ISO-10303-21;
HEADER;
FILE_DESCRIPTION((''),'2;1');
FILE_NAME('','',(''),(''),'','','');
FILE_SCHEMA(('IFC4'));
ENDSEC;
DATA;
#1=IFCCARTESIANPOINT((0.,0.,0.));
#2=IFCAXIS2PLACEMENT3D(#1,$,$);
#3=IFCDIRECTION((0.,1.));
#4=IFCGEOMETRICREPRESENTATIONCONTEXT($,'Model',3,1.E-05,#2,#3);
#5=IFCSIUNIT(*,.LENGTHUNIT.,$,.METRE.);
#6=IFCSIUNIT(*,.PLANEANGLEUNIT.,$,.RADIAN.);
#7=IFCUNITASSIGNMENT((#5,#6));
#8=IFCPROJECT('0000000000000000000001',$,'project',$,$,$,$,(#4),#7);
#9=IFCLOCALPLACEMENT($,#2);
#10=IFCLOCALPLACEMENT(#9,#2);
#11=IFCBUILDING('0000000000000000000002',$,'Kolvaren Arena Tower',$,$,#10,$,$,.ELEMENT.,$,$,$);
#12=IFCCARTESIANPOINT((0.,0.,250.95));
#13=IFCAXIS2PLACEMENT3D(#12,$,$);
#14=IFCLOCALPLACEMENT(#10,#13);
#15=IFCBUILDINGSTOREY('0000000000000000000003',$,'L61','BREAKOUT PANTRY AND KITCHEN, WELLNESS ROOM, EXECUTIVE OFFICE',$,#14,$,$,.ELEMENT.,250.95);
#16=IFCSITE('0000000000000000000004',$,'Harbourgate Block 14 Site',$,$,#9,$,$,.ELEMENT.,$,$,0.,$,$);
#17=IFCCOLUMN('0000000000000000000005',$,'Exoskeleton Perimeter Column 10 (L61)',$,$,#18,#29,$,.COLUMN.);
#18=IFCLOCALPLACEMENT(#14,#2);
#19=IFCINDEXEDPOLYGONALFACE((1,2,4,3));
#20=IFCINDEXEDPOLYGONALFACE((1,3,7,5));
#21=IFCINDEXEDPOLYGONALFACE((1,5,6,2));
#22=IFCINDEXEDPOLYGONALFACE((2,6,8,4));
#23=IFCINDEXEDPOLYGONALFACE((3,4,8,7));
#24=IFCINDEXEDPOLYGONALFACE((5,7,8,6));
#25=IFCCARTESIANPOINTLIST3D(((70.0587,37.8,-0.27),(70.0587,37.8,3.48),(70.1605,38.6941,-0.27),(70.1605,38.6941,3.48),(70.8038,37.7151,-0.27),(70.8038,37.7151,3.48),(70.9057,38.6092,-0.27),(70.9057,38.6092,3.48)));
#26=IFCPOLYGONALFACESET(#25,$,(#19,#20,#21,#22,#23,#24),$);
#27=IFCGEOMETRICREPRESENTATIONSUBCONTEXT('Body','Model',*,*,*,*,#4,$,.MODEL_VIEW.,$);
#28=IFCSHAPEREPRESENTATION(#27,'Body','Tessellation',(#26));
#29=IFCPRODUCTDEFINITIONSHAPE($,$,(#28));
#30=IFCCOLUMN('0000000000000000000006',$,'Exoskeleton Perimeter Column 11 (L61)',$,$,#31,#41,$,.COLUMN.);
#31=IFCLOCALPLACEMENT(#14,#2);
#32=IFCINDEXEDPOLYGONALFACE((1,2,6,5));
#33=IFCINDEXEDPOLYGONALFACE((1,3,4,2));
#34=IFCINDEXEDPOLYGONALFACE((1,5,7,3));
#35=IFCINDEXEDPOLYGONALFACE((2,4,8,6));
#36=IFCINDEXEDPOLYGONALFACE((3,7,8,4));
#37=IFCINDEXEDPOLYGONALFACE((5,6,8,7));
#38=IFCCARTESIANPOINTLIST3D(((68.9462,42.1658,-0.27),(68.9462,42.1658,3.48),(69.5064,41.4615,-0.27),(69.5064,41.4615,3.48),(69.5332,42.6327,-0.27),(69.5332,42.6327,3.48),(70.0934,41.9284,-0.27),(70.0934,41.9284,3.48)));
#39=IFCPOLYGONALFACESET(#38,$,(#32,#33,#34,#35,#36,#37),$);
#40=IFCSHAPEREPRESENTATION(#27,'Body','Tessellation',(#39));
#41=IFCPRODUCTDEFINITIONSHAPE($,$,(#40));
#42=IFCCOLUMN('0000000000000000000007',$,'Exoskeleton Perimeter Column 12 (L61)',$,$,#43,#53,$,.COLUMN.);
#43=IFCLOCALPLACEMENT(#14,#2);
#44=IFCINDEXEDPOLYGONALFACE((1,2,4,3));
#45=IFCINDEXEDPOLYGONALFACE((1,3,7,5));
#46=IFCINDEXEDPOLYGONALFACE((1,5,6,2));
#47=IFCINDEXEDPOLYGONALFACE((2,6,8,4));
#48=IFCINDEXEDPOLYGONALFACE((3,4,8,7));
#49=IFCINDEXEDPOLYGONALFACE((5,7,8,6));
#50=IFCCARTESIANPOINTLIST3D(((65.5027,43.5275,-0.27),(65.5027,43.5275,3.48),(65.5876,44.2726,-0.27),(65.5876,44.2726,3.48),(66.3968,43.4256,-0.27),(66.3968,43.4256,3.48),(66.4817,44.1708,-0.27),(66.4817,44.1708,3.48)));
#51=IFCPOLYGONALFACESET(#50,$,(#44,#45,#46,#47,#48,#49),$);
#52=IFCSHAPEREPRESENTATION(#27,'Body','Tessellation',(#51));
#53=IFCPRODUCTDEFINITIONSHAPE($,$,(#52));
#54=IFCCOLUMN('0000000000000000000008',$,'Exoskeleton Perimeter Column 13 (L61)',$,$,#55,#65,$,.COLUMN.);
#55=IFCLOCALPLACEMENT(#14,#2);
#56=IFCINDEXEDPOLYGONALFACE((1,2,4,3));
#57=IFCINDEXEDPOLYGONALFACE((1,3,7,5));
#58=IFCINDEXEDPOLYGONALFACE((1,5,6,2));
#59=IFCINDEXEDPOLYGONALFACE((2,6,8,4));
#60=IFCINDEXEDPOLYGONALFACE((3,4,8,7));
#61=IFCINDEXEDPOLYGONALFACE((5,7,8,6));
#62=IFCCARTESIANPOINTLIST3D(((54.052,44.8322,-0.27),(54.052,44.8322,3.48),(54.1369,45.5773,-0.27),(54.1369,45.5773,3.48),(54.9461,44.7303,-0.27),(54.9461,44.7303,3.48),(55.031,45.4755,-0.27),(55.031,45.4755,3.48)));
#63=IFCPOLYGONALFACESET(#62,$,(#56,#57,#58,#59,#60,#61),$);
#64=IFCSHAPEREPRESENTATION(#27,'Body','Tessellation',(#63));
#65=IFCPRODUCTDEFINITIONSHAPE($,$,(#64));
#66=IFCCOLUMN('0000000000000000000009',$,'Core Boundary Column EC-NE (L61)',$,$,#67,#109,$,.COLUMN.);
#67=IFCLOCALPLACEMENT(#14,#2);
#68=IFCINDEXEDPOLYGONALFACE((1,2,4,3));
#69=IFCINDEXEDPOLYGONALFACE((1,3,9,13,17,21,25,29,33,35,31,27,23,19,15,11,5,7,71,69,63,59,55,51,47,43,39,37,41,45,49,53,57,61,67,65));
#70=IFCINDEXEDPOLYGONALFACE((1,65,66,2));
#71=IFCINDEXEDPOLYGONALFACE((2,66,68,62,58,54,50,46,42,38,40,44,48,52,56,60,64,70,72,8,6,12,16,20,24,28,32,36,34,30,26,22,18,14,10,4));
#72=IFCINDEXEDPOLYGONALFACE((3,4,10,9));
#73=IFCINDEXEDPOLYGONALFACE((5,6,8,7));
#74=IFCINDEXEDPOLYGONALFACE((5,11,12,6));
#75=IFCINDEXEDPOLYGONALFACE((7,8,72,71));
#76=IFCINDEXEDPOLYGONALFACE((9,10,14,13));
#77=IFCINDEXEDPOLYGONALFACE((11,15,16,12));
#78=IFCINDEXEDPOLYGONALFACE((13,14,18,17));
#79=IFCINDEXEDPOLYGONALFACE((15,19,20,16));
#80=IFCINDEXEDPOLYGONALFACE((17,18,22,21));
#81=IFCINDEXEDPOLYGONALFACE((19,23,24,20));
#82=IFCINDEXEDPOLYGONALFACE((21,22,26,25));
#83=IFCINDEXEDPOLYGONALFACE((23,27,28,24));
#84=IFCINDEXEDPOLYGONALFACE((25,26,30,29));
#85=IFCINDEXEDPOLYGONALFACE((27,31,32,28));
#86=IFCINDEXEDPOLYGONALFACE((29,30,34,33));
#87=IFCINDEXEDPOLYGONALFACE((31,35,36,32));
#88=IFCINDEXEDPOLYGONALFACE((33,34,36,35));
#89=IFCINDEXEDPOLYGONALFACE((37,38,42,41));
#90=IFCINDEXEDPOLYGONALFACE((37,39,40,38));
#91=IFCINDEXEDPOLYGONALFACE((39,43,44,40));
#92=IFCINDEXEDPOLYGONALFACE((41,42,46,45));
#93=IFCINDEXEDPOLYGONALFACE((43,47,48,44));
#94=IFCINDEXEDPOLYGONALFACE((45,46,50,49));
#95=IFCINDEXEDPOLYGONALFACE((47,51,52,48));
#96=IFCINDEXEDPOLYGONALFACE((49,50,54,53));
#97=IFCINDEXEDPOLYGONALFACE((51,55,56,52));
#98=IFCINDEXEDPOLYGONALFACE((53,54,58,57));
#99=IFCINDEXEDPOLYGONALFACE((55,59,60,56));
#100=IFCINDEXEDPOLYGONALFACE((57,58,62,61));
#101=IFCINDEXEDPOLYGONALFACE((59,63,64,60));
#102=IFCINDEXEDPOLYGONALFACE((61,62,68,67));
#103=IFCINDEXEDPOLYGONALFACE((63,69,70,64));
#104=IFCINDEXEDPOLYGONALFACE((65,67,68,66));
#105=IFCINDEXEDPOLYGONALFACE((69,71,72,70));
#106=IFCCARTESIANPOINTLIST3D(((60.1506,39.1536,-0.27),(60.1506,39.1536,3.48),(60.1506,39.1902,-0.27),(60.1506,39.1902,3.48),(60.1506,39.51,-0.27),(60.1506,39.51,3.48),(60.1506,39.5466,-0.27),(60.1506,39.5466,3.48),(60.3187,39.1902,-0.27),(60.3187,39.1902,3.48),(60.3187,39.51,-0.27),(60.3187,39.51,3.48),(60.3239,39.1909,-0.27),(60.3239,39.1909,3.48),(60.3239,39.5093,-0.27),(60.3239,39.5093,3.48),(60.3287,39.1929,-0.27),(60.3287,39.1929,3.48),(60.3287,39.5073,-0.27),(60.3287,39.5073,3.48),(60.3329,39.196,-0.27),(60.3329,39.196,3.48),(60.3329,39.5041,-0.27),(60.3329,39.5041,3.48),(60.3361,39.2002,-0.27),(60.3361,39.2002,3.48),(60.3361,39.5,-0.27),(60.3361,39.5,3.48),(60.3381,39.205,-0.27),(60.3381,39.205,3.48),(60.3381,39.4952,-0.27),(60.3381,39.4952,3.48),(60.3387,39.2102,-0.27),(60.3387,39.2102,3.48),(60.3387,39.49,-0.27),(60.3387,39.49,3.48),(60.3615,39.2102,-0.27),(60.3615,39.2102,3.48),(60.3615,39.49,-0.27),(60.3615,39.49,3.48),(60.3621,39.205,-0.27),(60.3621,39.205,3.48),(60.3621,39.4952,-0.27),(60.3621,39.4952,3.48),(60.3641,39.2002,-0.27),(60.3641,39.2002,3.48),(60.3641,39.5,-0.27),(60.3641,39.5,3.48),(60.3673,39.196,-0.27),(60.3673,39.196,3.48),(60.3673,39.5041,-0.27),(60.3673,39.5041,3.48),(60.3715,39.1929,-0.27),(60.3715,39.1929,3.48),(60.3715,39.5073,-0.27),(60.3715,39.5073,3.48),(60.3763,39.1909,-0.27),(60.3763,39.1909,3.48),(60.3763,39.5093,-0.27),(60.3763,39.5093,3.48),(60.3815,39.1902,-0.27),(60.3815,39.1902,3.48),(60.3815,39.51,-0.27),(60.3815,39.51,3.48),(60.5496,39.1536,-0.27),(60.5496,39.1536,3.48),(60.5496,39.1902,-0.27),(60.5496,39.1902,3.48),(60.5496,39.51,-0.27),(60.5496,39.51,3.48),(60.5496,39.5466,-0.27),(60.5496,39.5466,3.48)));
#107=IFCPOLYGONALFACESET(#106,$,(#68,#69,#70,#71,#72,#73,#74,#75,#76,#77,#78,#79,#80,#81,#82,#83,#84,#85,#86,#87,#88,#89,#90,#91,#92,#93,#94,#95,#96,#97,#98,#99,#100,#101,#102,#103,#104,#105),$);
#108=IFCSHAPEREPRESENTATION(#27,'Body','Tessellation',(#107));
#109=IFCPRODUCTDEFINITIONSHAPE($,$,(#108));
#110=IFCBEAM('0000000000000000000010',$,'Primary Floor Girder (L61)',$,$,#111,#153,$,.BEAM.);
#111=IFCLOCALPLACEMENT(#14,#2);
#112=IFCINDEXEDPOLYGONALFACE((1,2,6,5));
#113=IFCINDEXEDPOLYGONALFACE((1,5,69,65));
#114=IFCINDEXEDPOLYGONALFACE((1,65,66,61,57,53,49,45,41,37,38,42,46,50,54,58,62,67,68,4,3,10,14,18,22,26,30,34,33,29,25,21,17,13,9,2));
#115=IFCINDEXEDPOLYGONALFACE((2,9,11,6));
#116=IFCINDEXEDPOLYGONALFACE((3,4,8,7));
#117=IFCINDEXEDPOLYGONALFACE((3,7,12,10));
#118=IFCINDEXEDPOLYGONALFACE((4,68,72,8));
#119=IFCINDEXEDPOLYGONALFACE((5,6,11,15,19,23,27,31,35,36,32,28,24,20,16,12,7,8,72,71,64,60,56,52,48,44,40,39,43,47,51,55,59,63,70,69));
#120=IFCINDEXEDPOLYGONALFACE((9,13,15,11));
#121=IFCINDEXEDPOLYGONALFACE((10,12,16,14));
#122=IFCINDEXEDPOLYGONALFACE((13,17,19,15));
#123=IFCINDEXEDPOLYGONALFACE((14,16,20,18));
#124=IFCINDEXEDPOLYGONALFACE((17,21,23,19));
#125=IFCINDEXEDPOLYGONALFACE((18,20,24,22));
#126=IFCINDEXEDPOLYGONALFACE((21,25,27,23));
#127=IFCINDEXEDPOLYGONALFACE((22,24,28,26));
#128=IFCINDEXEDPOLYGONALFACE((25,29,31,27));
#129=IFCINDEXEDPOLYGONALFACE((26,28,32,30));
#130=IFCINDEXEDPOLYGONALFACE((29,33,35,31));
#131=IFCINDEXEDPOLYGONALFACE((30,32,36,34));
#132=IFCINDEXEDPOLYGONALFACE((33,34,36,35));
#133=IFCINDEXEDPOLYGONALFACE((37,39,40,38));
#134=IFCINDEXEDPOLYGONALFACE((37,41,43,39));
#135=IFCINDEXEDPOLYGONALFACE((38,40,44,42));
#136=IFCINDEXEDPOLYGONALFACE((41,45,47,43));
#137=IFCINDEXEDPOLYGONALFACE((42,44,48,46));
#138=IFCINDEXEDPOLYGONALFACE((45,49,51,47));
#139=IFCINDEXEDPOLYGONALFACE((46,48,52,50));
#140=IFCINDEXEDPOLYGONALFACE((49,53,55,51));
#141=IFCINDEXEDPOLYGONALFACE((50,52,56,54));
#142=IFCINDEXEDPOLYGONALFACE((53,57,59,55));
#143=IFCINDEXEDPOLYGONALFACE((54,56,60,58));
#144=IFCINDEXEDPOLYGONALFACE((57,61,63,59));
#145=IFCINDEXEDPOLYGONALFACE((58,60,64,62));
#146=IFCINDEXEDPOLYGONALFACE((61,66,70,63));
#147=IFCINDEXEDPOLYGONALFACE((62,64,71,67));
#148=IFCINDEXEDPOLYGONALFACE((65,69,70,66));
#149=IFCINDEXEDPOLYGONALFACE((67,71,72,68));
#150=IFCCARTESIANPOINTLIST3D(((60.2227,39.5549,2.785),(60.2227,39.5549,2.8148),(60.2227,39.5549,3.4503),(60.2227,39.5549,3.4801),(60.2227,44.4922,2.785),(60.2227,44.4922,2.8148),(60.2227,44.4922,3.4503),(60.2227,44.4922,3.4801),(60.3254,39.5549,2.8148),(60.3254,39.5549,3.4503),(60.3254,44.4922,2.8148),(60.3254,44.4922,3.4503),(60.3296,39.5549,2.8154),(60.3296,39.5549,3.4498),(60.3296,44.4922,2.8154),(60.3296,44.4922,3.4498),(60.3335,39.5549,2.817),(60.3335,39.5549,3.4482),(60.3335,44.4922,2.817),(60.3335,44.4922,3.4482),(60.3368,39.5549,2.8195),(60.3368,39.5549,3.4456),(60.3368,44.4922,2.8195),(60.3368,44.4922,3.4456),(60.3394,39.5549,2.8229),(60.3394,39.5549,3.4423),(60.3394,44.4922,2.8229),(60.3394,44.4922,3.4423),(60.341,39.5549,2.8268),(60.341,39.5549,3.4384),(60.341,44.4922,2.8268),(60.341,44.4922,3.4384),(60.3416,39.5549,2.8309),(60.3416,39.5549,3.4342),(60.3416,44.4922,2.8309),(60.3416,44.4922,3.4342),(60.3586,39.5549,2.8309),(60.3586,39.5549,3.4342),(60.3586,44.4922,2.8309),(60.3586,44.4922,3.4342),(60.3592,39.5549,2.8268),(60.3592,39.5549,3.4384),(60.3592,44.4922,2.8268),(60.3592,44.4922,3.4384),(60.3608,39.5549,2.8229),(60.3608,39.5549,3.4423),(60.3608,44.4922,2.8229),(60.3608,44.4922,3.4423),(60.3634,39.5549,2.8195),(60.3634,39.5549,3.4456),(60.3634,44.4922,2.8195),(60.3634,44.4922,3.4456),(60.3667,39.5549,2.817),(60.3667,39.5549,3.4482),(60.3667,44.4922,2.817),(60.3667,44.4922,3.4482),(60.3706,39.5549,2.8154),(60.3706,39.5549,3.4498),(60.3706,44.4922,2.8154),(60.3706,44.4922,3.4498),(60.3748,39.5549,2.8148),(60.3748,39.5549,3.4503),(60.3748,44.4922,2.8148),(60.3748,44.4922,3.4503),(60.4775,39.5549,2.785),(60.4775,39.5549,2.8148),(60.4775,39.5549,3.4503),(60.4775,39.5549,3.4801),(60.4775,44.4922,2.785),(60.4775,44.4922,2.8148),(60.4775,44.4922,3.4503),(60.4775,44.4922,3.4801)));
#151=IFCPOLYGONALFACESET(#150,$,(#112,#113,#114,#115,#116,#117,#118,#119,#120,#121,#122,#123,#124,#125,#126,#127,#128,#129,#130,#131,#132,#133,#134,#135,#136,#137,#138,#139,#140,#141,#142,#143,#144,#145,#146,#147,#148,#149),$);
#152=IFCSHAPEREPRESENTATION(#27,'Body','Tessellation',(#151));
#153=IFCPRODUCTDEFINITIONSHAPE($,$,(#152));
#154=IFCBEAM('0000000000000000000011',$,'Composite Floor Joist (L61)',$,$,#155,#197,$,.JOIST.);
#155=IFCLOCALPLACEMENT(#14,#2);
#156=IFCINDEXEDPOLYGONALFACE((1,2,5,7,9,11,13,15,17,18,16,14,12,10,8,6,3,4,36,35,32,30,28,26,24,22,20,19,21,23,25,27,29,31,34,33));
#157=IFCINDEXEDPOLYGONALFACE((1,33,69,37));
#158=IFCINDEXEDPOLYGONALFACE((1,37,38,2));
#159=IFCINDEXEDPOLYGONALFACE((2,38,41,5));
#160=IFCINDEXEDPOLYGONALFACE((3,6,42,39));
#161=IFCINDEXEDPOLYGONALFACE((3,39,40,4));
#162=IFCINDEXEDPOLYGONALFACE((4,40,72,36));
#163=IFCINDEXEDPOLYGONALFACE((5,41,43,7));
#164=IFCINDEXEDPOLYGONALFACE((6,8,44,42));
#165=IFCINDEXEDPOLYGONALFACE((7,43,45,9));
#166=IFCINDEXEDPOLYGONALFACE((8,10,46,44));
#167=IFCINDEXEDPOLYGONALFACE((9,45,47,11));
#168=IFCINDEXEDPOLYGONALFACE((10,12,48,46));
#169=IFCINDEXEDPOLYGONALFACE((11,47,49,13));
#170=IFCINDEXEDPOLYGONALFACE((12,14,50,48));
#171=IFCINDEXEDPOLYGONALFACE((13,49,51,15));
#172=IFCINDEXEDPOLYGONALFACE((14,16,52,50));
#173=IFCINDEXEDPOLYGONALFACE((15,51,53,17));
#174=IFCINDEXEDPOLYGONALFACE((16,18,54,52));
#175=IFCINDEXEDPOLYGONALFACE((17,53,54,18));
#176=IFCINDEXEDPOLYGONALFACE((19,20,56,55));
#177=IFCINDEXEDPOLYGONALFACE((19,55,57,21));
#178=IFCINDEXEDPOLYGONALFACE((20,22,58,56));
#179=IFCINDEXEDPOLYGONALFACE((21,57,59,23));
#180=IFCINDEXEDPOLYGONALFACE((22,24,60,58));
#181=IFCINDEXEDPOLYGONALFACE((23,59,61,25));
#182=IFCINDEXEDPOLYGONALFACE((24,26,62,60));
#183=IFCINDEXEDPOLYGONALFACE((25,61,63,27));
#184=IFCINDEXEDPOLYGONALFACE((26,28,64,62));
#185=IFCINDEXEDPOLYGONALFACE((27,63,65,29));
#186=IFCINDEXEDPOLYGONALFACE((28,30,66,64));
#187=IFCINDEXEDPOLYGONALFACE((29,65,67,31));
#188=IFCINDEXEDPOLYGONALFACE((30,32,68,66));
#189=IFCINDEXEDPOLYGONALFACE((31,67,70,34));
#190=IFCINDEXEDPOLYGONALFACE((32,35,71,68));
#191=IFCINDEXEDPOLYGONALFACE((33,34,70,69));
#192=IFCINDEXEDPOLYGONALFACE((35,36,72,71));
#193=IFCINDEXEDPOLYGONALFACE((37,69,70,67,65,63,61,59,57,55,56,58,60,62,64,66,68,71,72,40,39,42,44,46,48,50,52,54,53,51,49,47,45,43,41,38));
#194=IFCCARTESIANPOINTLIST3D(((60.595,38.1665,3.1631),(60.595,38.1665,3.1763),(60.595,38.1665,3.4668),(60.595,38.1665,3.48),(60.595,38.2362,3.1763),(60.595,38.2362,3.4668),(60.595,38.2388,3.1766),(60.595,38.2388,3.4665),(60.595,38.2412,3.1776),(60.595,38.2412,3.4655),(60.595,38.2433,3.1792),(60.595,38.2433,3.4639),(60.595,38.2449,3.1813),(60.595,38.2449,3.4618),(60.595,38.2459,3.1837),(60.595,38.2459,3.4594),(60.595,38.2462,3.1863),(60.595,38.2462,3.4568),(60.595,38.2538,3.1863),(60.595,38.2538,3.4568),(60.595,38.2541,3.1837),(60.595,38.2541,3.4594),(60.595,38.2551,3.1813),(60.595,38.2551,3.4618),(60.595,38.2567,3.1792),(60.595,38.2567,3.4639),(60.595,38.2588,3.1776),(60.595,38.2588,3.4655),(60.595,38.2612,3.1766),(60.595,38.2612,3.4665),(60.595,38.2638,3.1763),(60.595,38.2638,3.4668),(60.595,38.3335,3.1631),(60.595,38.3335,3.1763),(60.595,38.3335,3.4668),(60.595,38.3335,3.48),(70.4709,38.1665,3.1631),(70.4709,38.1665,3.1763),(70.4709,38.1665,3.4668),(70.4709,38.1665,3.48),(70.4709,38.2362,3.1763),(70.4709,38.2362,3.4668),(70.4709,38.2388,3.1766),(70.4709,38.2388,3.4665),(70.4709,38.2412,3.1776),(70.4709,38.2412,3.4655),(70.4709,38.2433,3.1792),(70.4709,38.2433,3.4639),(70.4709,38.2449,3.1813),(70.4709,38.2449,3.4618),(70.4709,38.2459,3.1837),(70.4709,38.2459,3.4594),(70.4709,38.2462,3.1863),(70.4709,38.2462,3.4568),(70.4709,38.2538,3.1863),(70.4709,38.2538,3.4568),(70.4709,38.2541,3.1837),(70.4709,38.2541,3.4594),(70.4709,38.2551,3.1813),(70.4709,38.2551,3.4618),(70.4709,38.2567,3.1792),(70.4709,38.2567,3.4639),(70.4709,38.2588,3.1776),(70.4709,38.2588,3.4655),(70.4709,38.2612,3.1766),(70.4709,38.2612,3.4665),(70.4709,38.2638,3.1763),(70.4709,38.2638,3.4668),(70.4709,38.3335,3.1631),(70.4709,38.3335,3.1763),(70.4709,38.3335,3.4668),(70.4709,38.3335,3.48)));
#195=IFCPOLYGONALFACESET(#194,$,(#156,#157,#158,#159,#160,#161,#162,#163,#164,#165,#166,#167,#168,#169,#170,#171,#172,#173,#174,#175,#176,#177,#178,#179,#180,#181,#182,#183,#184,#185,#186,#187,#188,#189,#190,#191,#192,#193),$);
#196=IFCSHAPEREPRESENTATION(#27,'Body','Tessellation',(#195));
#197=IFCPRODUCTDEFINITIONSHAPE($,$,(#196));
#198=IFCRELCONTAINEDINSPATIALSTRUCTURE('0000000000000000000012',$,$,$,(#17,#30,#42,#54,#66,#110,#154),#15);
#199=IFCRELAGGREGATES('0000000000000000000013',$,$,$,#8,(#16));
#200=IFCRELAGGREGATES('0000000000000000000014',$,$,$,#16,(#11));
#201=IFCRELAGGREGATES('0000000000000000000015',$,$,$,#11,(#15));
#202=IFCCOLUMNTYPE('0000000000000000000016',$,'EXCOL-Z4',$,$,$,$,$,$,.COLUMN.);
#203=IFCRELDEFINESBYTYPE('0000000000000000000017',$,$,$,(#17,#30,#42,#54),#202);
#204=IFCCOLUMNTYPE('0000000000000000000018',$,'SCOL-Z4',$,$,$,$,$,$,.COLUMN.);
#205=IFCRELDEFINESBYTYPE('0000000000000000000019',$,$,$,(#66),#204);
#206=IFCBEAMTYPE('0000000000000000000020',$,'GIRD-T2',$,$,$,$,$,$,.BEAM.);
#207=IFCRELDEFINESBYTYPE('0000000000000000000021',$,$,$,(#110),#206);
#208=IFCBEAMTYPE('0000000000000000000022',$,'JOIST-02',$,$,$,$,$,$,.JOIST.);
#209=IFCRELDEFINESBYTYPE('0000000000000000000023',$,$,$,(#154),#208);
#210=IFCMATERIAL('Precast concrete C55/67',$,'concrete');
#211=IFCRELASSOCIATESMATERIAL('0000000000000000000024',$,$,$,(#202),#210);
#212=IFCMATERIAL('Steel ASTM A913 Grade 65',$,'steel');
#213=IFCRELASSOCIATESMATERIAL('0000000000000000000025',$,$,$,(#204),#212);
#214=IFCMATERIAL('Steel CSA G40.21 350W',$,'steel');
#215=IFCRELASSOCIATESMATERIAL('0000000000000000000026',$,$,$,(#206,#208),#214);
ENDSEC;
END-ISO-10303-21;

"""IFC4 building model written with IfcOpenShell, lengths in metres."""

from ifc_helpers import new_model, si_unit, direction, frame, origin, origin_2d, place, context, subcontext, project, spatial, rectangle, i_section, extrude, material, material_profile, profile_set, type_object, element, save


model = new_model("IFC4")

# Units and contexts
model_context = context("Model", 3, precision=1e-05, world=origin(), true_north=direction((0.0, 1.0)))
body_context = subcontext(model_context, "Body", "Model", "MODEL_VIEW")
ifc_project = project(units=[si_unit("LENGTHUNIT", "METRE"), si_unit("PLANEANGLEUNIT", "RADIAN")], contexts=[model_context])

# Site, building, storey
site_placement = place(None, origin())
site = spatial("IfcSite", under=ifc_project, at=site_placement, Name="Harbourgate Block 14 Site", CompositionType="ELEMENT", RefElevation=0.0)
building_placement = place(site_placement, origin())
building = spatial("IfcBuilding", under=site, at=building_placement, Name="Kolvaren Arena Tower", CompositionType="ELEMENT")
storey_placement = place(building_placement, frame((0.0, 0.0, 250.95)))
storey = spatial("IfcBuildingStorey", under=building, at=storey_placement, Name="L61", Description="BREAKOUT PANTRY AND KITCHEN, WELLNESS ROOM, EXECUTIVE OFFICE", CompositionType="ELEMENT", Elevation=250.95)

# Columns
ifc_material_1 = material(Name="Precast concrete C55/67", Category="concrete")
ifc_material_profile_1 = material_profile(ifc_material_1, rectangle(XDim=0.8999, YDim=0.75, at=origin_2d()), Name="RC-900x750")
ifc_profile_set_1 = profile_set([ifc_material_profile_1], Name="Precast concrete C55/67")
column_type_1 = type_object("IfcColumnType", Name="EXCOL-Z4", PredefinedType="COLUMN", material=ifc_profile_set_1)
for number, where, z_axis, x_axis, name in (
    (1, (70.4822, 38.2046, -0.27), (0.0, 0.0, 1.0), (0.113203, 0.993572, 0.0), "Exoskeleton Perimeter Column 10 (L61)"),
    (2, (69.5198, 42.0471, -0.27), (0.0, 0.0, 1.0), (-0.622515, 0.782608, 0.0), "Exoskeleton Perimeter Column 11 (L61)"),
    (3, (65.9922, 43.8491, -0.27), (0.0, 0.0, 1.0), (0.993572, -0.113203, 0.0), "Exoskeleton Perimeter Column 12 (L61)"),
    (4, (54.5415, 45.1538, -0.27), (0.0, 0.0, 1.0), (0.993572, -0.113203, 0.0), "Exoskeleton Perimeter Column 13 (L61)"),
):
    element("IfcColumn", number, at=place(storey_placement, frame(where, z_axis=z_axis, x_axis=x_axis)), inside=storey, type_object=column_type_1, Name=name, PredefinedType="COLUMN", context=body_context, shape_type="SweptSolid", body=[
        extrude(rectangle(XDim=0.8999, YDim=0.75, at=origin_2d()), origin(), (0.0, 0.0, 1.0), 3.75),
    ])
ifc_material_2 = material(Name="Steel ASTM A913 Grade 65", Category="steel")
ifc_material_profile_2 = material_profile(ifc_material_2, i_section(OverallWidth=0.3989, OverallDepth=0.3931, WebThickness=0.0227, FlangeThickness=0.0366, FilletRadius=0.02, at=origin_2d()), Name="W360x287")
ifc_profile_set_2 = profile_set([ifc_material_profile_2], Name="Steel ASTM A913 Grade 65")
column_type_2 = type_object("IfcColumnType", Name="SCOL-Z4", PredefinedType="COLUMN", material=ifc_profile_set_2)
column_placement = place(storey_placement, frame((60.3501, 39.3501, -0.27), z_axis=(0.0, 0.0, 1.0), x_axis=(1.0, 0.0, 0.0)))
element("IfcColumn", 5, at=column_placement, inside=storey, type_object=column_type_2, Name="Core Boundary Column EC-NE (L61)", PredefinedType="COLUMN", context=body_context, shape_type="SweptSolid", body=[
    extrude(i_section(OverallWidth=0.3989, OverallDepth=0.3931, WebThickness=0.0227, FlangeThickness=0.0366, FilletRadius=0.02, at=origin_2d()), origin(), (0.0, 0.0, 1.0), 3.75),
])

# Beams
ifc_material_3 = material(Name="Steel CSA G40.21 350W", Category="steel")
ifc_material_profile_3 = material_profile(ifc_material_3, i_section(OverallWidth=0.2549, OverallDepth=0.6951, WebThickness=0.0171, FlangeThickness=0.0298, FilletRadius=0.0161, at=origin_2d()), Name="W690x217")
ifc_profile_set_3 = profile_set([ifc_material_profile_3], Name="Steel CSA G40.21 350W")
beam_type_1 = type_object("IfcBeamType", Name="GIRD-T2", PredefinedType="BEAM", material=ifc_profile_set_3)
beam_1_placement = place(storey_placement, frame((60.3501, 39.5549, 3.1326), z_axis=(0.0, 1.0, 0.0), x_axis=(-1.0, 0.0, 0.0)))
element("IfcBeam", 6, at=beam_1_placement, inside=storey, type_object=beam_type_1, Name="Primary Floor Girder (L61)", PredefinedType="BEAM", context=body_context, shape_type="SweptSolid", body=[
    extrude(i_section(OverallWidth=0.2549, OverallDepth=0.6951, WebThickness=0.0171, FlangeThickness=0.0298, FilletRadius=0.0161, at=origin_2d()), origin(), (0.0, 0.0, 1.0), 4.9373),
])
ifc_material_profile_4 = material_profile(ifc_material_3, i_section(OverallWidth=0.167, OverallDepth=0.3169, WebThickness=0.0076, FlangeThickness=0.0132, FilletRadius=0.01, at=origin_2d()), Name="W310x52")
ifc_profile_set_4 = profile_set([ifc_material_profile_4], Name="Steel CSA G40.21 350W")
beam_type_2 = type_object("IfcBeamType", Name="JOIST-02", PredefinedType="JOIST", material=ifc_profile_set_4)
beam_2_placement = place(storey_placement, frame((60.595, 38.25, 3.3215), z_axis=(1.0, 0.0, 0.0), x_axis=(0.0, 1.0, 0.0)))
element("IfcBeam", 7, at=beam_2_placement, inside=storey, type_object=beam_type_2, Name="Composite Floor Joist (L61)", PredefinedType="JOIST", context=body_context, shape_type="SweptSolid", body=[
    extrude(i_section(OverallWidth=0.167, OverallDepth=0.3169, WebThickness=0.0076, FlangeThickness=0.0132, FilletRadius=0.01, at=origin_2d()), origin(), (0.0, 0.0, 1.0), 9.876),
])

save(model, "model.ifc")
